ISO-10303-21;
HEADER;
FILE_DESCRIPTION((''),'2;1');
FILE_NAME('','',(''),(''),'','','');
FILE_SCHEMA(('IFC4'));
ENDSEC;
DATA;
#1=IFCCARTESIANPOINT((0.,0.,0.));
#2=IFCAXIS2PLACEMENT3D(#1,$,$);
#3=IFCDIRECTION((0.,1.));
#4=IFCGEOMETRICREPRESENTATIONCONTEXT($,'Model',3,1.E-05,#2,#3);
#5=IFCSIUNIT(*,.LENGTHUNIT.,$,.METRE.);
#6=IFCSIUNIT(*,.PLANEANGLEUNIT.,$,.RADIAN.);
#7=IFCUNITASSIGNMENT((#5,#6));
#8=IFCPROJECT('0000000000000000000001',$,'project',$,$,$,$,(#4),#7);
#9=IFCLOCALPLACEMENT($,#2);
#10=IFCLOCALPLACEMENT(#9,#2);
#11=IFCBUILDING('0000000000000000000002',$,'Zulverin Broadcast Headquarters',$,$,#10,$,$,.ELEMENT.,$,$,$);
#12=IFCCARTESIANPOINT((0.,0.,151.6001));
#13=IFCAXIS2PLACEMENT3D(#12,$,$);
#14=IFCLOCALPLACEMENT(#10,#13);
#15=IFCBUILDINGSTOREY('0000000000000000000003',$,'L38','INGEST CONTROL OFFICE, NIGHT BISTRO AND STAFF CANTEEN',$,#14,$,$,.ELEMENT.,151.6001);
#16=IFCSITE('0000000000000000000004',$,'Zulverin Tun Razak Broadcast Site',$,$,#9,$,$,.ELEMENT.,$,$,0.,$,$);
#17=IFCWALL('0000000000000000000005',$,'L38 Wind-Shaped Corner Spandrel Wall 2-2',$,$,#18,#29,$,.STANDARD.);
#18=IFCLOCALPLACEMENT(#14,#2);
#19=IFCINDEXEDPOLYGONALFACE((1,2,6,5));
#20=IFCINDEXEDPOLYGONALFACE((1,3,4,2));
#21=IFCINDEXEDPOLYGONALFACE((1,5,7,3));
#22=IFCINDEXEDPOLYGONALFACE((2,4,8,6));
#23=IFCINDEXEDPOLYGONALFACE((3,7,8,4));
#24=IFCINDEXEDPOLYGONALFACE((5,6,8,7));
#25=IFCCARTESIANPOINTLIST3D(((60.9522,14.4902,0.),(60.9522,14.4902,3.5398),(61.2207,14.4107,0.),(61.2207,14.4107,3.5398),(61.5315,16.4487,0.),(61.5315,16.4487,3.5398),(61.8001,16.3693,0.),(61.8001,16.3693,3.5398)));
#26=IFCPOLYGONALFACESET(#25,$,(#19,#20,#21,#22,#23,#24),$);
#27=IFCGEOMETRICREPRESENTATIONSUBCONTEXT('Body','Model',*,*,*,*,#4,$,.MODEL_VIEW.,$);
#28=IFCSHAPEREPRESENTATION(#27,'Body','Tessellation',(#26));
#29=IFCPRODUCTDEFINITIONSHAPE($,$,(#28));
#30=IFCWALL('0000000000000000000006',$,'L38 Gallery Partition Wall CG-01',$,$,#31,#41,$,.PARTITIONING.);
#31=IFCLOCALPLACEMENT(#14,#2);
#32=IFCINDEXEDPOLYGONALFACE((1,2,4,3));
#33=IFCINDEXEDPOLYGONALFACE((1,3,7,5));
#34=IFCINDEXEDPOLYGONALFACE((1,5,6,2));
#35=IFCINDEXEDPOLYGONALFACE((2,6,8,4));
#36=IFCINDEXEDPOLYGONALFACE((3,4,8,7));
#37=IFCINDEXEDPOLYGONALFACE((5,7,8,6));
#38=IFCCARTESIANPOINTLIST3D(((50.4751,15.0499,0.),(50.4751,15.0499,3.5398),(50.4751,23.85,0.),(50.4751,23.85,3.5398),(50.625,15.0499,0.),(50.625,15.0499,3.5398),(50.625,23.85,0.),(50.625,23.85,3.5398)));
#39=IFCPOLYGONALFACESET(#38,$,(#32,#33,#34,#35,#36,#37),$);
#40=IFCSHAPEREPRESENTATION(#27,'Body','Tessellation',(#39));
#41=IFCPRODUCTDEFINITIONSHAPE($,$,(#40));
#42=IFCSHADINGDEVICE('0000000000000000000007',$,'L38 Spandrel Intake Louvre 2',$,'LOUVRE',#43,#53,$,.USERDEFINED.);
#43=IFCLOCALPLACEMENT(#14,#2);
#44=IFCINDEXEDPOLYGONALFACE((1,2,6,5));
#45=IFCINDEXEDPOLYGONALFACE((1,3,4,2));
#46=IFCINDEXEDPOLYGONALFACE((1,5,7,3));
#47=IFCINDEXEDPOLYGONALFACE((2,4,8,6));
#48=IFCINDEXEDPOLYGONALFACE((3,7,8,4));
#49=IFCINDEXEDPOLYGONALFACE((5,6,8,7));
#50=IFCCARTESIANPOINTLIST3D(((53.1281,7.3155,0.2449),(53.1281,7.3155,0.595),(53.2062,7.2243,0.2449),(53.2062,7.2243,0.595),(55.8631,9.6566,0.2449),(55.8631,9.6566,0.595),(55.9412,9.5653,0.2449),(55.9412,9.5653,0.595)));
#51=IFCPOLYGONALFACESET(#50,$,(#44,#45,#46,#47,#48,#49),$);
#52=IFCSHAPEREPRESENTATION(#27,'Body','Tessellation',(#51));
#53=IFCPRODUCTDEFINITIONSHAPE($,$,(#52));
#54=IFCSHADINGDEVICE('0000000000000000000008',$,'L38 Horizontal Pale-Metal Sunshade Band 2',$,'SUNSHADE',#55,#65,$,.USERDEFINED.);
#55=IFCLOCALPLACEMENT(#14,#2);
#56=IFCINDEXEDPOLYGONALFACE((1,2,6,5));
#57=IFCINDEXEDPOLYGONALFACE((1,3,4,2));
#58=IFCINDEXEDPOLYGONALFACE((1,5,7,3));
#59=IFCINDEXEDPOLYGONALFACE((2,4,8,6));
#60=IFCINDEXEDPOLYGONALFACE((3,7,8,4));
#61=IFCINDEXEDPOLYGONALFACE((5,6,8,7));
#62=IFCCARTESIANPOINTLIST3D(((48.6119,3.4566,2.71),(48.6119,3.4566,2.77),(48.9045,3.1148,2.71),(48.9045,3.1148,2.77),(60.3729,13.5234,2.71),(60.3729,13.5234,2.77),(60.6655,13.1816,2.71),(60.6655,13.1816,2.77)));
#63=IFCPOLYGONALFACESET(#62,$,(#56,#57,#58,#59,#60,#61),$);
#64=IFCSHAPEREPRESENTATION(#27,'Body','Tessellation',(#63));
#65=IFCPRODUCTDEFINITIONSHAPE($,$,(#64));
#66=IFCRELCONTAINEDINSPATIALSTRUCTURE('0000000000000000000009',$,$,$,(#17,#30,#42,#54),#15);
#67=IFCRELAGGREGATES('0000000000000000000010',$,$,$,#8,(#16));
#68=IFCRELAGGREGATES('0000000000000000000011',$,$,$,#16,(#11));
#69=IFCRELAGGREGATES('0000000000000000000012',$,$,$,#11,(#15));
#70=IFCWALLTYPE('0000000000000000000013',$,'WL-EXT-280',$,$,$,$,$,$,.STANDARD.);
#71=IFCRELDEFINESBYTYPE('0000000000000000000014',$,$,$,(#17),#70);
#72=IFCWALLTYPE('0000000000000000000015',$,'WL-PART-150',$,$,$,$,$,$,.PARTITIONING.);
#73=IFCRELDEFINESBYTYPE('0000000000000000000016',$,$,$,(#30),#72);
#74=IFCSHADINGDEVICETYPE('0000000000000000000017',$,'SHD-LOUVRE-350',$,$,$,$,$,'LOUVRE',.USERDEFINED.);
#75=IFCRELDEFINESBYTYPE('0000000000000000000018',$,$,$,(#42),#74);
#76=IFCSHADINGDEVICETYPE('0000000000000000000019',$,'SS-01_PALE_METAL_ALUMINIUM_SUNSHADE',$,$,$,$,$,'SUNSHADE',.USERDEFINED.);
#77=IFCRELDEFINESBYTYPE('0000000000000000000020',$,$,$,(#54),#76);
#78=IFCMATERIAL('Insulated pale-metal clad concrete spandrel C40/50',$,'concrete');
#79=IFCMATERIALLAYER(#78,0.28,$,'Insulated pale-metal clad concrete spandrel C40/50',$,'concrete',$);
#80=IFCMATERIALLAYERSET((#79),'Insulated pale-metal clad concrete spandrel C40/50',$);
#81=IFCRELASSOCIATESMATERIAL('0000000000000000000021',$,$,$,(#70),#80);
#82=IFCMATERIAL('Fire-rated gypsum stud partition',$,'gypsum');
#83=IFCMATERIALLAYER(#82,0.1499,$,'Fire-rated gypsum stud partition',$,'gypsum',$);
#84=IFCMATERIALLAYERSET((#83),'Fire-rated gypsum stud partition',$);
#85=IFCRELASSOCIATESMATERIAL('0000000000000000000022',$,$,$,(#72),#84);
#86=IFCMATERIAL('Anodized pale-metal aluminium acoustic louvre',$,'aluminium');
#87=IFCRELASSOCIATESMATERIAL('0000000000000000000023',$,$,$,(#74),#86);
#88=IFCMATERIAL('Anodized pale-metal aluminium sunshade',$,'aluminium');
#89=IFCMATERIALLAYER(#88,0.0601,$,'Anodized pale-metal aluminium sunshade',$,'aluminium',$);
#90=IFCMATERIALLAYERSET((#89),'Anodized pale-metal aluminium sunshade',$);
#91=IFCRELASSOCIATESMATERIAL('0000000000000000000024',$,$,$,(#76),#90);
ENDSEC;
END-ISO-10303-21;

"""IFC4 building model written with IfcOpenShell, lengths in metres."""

from ifc_helpers import new_model, si_unit, direction, frame, frame_2d, origin, origin_2d, place, context, subcontext, project, spatial, rectangle, extrude, material, layer, layer_set, type_object, element, save


model = new_model("IFC4")

# Units and contexts
model_context = context("Model", 3, precision=1e-05, world=origin(), true_north=direction((0.0, 1.0)))
body_context = subcontext(model_context, "Body", "Model", "MODEL_VIEW")
ifc_project = project(units=[si_unit("LENGTHUNIT", "METRE"), si_unit("PLANEANGLEUNIT", "RADIAN")], contexts=[model_context])

# Site, building, storey
site_placement = place(None, origin())
site = spatial("IfcSite", under=ifc_project, at=site_placement, Name="Zulverin Tun Razak Broadcast Site", CompositionType="ELEMENT", RefElevation=0.0)
building_placement = place(site_placement, origin())
building = spatial("IfcBuilding", under=site, at=building_placement, Name="Zulverin Broadcast Headquarters", CompositionType="ELEMENT")
storey_placement = place(building_placement, frame((0.0, 0.0, 151.6001)))
storey = spatial("IfcBuildingStorey", under=building, at=storey_placement, Name="L38", Description="INGEST CONTROL OFFICE, NIGHT BISTRO AND STAFF CANTEEN", CompositionType="ELEMENT", Elevation=151.6001)

# Shared definitions
ifc_material_1 = material(Name="Insulated pale-metal clad concrete spandrel C40/50", Category="concrete")
ifc_layer_1 = layer(ifc_material_1, 0.28, Name="Insulated pale-metal clad concrete spandrel C40/50", Category="concrete")
ifc_layer_set_1 = layer_set([ifc_layer_1], Name="Insulated pale-metal clad concrete spandrel C40/50")
wall_type_1 = type_object("IfcWallType", Name="WL-EXT-280", PredefinedType="STANDARD", material=ifc_layer_set_1)

# Walls
wall_1_placement = place(storey_placement, frame((61.0864, 14.4504, 0.0), z_axis=(0.0, 0.0, 1.0), x_axis=(0.283661, 0.958925, 0.0)))
element("IfcWall", 1, at=wall_1_placement, inside=storey, type_object=wall_type_1, Name="L38 Wind-Shaped Corner Spandrel Wall 2-2", PredefinedType="STANDARD", context=body_context, shape_type="SweptSolid", body=[
    extrude(rectangle(XDim=2.0425, YDim=0.28, at=frame_2d((1.0212, 0.0))), origin(), (0.0, 0.0, 1.0), 3.5398),
])
ifc_material_2 = material(Name="Fire-rated gypsum stud partition", Category="gypsum")
ifc_layer_2 = layer(ifc_material_2, 0.1499, Name="Fire-rated gypsum stud partition", Category="gypsum")
ifc_layer_set_2 = layer_set([ifc_layer_2], Name="Fire-rated gypsum stud partition")
wall_type_2 = type_object("IfcWallType", Name="WL-PART-150", PredefinedType="PARTITIONING", material=ifc_layer_set_2)
wall_2_placement = place(storey_placement, frame((50.55, 15.05, 0.0), z_axis=(0.0, 0.0, 1.0), x_axis=(0.0, 1.0, 0.0)))
element("IfcWall", 2, at=wall_2_placement, inside=storey, type_object=wall_type_2, Name="L38 Gallery Partition Wall CG-01", PredefinedType="PARTITIONING", context=body_context, shape_type="SweptSolid", body=[
    extrude(rectangle(XDim=8.8, YDim=0.1499, at=frame_2d((4.3999, 0.0))), origin(), (0.0, 0.0, 1.0), 3.5398),
])

# Shading devices
ifc_material_3 = material(Name="Anodized pale-metal aluminium acoustic louvre", Category="aluminium")
shading_device_type_1 = type_object("IfcShadingDeviceType", Name="SHD-LOUVRE-350", ElementType="LOUVRE", PredefinedType="USERDEFINED", material=ifc_material_3)
shading_device_1_placement = place(storey_placement, frame((54.5347, 8.4404, 0.2449), z_axis=(0.0, 0.0, 1.0), x_axis=(0.759706, 0.650267, 0.0)))
element("IfcShadingDevice", 3, at=shading_device_1_placement, inside=storey, type_object=shading_device_type_1, Name="L38 Spandrel Intake Louvre 2", ObjectType="LOUVRE", PredefinedType="USERDEFINED", context=body_context, shape_type="SweptSolid", body=[
    extrude(rectangle(XDim=3.6001, YDim=0.1201, at=origin_2d()), origin(), (0.0, 0.0, 1.0), 0.3501),
])
ifc_material_4 = material(Name="Anodized pale-metal aluminium sunshade", Category="aluminium")
ifc_layer_3 = layer(ifc_material_4, 0.0601, Name="Anodized pale-metal aluminium sunshade", Category="aluminium")
ifc_layer_set_3 = layer_set([ifc_layer_3], Name="Anodized pale-metal aluminium sunshade")
shading_device_type_2 = type_object("IfcShadingDeviceType", Name="SS-01_PALE_METAL_ALUMINIUM_SUNSHADE", ElementType="SUNSHADE", PredefinedType="USERDEFINED", material=ifc_layer_set_3)
shading_device_2_placement = place(storey_placement, frame((54.6387, 8.3191, 2.71), z_axis=(0.0, 0.0, 1.0), x_axis=(0.759706, 0.650267, 0.0)))
element("IfcShadingDevice", 4, at=shading_device_2_placement, inside=storey, type_object=shading_device_type_2, Name="L38 Horizontal Pale-Metal Sunshade Band 2", ObjectType="SUNSHADE", PredefinedType="USERDEFINED", context=body_context, shape_type="SweptSolid", body=[
    extrude(rectangle(XDim=15.481, YDim=0.45, at=origin_2d()), origin(), (0.0, 0.0, 1.0), 0.0601),
])

save(model, "model.ifc")
